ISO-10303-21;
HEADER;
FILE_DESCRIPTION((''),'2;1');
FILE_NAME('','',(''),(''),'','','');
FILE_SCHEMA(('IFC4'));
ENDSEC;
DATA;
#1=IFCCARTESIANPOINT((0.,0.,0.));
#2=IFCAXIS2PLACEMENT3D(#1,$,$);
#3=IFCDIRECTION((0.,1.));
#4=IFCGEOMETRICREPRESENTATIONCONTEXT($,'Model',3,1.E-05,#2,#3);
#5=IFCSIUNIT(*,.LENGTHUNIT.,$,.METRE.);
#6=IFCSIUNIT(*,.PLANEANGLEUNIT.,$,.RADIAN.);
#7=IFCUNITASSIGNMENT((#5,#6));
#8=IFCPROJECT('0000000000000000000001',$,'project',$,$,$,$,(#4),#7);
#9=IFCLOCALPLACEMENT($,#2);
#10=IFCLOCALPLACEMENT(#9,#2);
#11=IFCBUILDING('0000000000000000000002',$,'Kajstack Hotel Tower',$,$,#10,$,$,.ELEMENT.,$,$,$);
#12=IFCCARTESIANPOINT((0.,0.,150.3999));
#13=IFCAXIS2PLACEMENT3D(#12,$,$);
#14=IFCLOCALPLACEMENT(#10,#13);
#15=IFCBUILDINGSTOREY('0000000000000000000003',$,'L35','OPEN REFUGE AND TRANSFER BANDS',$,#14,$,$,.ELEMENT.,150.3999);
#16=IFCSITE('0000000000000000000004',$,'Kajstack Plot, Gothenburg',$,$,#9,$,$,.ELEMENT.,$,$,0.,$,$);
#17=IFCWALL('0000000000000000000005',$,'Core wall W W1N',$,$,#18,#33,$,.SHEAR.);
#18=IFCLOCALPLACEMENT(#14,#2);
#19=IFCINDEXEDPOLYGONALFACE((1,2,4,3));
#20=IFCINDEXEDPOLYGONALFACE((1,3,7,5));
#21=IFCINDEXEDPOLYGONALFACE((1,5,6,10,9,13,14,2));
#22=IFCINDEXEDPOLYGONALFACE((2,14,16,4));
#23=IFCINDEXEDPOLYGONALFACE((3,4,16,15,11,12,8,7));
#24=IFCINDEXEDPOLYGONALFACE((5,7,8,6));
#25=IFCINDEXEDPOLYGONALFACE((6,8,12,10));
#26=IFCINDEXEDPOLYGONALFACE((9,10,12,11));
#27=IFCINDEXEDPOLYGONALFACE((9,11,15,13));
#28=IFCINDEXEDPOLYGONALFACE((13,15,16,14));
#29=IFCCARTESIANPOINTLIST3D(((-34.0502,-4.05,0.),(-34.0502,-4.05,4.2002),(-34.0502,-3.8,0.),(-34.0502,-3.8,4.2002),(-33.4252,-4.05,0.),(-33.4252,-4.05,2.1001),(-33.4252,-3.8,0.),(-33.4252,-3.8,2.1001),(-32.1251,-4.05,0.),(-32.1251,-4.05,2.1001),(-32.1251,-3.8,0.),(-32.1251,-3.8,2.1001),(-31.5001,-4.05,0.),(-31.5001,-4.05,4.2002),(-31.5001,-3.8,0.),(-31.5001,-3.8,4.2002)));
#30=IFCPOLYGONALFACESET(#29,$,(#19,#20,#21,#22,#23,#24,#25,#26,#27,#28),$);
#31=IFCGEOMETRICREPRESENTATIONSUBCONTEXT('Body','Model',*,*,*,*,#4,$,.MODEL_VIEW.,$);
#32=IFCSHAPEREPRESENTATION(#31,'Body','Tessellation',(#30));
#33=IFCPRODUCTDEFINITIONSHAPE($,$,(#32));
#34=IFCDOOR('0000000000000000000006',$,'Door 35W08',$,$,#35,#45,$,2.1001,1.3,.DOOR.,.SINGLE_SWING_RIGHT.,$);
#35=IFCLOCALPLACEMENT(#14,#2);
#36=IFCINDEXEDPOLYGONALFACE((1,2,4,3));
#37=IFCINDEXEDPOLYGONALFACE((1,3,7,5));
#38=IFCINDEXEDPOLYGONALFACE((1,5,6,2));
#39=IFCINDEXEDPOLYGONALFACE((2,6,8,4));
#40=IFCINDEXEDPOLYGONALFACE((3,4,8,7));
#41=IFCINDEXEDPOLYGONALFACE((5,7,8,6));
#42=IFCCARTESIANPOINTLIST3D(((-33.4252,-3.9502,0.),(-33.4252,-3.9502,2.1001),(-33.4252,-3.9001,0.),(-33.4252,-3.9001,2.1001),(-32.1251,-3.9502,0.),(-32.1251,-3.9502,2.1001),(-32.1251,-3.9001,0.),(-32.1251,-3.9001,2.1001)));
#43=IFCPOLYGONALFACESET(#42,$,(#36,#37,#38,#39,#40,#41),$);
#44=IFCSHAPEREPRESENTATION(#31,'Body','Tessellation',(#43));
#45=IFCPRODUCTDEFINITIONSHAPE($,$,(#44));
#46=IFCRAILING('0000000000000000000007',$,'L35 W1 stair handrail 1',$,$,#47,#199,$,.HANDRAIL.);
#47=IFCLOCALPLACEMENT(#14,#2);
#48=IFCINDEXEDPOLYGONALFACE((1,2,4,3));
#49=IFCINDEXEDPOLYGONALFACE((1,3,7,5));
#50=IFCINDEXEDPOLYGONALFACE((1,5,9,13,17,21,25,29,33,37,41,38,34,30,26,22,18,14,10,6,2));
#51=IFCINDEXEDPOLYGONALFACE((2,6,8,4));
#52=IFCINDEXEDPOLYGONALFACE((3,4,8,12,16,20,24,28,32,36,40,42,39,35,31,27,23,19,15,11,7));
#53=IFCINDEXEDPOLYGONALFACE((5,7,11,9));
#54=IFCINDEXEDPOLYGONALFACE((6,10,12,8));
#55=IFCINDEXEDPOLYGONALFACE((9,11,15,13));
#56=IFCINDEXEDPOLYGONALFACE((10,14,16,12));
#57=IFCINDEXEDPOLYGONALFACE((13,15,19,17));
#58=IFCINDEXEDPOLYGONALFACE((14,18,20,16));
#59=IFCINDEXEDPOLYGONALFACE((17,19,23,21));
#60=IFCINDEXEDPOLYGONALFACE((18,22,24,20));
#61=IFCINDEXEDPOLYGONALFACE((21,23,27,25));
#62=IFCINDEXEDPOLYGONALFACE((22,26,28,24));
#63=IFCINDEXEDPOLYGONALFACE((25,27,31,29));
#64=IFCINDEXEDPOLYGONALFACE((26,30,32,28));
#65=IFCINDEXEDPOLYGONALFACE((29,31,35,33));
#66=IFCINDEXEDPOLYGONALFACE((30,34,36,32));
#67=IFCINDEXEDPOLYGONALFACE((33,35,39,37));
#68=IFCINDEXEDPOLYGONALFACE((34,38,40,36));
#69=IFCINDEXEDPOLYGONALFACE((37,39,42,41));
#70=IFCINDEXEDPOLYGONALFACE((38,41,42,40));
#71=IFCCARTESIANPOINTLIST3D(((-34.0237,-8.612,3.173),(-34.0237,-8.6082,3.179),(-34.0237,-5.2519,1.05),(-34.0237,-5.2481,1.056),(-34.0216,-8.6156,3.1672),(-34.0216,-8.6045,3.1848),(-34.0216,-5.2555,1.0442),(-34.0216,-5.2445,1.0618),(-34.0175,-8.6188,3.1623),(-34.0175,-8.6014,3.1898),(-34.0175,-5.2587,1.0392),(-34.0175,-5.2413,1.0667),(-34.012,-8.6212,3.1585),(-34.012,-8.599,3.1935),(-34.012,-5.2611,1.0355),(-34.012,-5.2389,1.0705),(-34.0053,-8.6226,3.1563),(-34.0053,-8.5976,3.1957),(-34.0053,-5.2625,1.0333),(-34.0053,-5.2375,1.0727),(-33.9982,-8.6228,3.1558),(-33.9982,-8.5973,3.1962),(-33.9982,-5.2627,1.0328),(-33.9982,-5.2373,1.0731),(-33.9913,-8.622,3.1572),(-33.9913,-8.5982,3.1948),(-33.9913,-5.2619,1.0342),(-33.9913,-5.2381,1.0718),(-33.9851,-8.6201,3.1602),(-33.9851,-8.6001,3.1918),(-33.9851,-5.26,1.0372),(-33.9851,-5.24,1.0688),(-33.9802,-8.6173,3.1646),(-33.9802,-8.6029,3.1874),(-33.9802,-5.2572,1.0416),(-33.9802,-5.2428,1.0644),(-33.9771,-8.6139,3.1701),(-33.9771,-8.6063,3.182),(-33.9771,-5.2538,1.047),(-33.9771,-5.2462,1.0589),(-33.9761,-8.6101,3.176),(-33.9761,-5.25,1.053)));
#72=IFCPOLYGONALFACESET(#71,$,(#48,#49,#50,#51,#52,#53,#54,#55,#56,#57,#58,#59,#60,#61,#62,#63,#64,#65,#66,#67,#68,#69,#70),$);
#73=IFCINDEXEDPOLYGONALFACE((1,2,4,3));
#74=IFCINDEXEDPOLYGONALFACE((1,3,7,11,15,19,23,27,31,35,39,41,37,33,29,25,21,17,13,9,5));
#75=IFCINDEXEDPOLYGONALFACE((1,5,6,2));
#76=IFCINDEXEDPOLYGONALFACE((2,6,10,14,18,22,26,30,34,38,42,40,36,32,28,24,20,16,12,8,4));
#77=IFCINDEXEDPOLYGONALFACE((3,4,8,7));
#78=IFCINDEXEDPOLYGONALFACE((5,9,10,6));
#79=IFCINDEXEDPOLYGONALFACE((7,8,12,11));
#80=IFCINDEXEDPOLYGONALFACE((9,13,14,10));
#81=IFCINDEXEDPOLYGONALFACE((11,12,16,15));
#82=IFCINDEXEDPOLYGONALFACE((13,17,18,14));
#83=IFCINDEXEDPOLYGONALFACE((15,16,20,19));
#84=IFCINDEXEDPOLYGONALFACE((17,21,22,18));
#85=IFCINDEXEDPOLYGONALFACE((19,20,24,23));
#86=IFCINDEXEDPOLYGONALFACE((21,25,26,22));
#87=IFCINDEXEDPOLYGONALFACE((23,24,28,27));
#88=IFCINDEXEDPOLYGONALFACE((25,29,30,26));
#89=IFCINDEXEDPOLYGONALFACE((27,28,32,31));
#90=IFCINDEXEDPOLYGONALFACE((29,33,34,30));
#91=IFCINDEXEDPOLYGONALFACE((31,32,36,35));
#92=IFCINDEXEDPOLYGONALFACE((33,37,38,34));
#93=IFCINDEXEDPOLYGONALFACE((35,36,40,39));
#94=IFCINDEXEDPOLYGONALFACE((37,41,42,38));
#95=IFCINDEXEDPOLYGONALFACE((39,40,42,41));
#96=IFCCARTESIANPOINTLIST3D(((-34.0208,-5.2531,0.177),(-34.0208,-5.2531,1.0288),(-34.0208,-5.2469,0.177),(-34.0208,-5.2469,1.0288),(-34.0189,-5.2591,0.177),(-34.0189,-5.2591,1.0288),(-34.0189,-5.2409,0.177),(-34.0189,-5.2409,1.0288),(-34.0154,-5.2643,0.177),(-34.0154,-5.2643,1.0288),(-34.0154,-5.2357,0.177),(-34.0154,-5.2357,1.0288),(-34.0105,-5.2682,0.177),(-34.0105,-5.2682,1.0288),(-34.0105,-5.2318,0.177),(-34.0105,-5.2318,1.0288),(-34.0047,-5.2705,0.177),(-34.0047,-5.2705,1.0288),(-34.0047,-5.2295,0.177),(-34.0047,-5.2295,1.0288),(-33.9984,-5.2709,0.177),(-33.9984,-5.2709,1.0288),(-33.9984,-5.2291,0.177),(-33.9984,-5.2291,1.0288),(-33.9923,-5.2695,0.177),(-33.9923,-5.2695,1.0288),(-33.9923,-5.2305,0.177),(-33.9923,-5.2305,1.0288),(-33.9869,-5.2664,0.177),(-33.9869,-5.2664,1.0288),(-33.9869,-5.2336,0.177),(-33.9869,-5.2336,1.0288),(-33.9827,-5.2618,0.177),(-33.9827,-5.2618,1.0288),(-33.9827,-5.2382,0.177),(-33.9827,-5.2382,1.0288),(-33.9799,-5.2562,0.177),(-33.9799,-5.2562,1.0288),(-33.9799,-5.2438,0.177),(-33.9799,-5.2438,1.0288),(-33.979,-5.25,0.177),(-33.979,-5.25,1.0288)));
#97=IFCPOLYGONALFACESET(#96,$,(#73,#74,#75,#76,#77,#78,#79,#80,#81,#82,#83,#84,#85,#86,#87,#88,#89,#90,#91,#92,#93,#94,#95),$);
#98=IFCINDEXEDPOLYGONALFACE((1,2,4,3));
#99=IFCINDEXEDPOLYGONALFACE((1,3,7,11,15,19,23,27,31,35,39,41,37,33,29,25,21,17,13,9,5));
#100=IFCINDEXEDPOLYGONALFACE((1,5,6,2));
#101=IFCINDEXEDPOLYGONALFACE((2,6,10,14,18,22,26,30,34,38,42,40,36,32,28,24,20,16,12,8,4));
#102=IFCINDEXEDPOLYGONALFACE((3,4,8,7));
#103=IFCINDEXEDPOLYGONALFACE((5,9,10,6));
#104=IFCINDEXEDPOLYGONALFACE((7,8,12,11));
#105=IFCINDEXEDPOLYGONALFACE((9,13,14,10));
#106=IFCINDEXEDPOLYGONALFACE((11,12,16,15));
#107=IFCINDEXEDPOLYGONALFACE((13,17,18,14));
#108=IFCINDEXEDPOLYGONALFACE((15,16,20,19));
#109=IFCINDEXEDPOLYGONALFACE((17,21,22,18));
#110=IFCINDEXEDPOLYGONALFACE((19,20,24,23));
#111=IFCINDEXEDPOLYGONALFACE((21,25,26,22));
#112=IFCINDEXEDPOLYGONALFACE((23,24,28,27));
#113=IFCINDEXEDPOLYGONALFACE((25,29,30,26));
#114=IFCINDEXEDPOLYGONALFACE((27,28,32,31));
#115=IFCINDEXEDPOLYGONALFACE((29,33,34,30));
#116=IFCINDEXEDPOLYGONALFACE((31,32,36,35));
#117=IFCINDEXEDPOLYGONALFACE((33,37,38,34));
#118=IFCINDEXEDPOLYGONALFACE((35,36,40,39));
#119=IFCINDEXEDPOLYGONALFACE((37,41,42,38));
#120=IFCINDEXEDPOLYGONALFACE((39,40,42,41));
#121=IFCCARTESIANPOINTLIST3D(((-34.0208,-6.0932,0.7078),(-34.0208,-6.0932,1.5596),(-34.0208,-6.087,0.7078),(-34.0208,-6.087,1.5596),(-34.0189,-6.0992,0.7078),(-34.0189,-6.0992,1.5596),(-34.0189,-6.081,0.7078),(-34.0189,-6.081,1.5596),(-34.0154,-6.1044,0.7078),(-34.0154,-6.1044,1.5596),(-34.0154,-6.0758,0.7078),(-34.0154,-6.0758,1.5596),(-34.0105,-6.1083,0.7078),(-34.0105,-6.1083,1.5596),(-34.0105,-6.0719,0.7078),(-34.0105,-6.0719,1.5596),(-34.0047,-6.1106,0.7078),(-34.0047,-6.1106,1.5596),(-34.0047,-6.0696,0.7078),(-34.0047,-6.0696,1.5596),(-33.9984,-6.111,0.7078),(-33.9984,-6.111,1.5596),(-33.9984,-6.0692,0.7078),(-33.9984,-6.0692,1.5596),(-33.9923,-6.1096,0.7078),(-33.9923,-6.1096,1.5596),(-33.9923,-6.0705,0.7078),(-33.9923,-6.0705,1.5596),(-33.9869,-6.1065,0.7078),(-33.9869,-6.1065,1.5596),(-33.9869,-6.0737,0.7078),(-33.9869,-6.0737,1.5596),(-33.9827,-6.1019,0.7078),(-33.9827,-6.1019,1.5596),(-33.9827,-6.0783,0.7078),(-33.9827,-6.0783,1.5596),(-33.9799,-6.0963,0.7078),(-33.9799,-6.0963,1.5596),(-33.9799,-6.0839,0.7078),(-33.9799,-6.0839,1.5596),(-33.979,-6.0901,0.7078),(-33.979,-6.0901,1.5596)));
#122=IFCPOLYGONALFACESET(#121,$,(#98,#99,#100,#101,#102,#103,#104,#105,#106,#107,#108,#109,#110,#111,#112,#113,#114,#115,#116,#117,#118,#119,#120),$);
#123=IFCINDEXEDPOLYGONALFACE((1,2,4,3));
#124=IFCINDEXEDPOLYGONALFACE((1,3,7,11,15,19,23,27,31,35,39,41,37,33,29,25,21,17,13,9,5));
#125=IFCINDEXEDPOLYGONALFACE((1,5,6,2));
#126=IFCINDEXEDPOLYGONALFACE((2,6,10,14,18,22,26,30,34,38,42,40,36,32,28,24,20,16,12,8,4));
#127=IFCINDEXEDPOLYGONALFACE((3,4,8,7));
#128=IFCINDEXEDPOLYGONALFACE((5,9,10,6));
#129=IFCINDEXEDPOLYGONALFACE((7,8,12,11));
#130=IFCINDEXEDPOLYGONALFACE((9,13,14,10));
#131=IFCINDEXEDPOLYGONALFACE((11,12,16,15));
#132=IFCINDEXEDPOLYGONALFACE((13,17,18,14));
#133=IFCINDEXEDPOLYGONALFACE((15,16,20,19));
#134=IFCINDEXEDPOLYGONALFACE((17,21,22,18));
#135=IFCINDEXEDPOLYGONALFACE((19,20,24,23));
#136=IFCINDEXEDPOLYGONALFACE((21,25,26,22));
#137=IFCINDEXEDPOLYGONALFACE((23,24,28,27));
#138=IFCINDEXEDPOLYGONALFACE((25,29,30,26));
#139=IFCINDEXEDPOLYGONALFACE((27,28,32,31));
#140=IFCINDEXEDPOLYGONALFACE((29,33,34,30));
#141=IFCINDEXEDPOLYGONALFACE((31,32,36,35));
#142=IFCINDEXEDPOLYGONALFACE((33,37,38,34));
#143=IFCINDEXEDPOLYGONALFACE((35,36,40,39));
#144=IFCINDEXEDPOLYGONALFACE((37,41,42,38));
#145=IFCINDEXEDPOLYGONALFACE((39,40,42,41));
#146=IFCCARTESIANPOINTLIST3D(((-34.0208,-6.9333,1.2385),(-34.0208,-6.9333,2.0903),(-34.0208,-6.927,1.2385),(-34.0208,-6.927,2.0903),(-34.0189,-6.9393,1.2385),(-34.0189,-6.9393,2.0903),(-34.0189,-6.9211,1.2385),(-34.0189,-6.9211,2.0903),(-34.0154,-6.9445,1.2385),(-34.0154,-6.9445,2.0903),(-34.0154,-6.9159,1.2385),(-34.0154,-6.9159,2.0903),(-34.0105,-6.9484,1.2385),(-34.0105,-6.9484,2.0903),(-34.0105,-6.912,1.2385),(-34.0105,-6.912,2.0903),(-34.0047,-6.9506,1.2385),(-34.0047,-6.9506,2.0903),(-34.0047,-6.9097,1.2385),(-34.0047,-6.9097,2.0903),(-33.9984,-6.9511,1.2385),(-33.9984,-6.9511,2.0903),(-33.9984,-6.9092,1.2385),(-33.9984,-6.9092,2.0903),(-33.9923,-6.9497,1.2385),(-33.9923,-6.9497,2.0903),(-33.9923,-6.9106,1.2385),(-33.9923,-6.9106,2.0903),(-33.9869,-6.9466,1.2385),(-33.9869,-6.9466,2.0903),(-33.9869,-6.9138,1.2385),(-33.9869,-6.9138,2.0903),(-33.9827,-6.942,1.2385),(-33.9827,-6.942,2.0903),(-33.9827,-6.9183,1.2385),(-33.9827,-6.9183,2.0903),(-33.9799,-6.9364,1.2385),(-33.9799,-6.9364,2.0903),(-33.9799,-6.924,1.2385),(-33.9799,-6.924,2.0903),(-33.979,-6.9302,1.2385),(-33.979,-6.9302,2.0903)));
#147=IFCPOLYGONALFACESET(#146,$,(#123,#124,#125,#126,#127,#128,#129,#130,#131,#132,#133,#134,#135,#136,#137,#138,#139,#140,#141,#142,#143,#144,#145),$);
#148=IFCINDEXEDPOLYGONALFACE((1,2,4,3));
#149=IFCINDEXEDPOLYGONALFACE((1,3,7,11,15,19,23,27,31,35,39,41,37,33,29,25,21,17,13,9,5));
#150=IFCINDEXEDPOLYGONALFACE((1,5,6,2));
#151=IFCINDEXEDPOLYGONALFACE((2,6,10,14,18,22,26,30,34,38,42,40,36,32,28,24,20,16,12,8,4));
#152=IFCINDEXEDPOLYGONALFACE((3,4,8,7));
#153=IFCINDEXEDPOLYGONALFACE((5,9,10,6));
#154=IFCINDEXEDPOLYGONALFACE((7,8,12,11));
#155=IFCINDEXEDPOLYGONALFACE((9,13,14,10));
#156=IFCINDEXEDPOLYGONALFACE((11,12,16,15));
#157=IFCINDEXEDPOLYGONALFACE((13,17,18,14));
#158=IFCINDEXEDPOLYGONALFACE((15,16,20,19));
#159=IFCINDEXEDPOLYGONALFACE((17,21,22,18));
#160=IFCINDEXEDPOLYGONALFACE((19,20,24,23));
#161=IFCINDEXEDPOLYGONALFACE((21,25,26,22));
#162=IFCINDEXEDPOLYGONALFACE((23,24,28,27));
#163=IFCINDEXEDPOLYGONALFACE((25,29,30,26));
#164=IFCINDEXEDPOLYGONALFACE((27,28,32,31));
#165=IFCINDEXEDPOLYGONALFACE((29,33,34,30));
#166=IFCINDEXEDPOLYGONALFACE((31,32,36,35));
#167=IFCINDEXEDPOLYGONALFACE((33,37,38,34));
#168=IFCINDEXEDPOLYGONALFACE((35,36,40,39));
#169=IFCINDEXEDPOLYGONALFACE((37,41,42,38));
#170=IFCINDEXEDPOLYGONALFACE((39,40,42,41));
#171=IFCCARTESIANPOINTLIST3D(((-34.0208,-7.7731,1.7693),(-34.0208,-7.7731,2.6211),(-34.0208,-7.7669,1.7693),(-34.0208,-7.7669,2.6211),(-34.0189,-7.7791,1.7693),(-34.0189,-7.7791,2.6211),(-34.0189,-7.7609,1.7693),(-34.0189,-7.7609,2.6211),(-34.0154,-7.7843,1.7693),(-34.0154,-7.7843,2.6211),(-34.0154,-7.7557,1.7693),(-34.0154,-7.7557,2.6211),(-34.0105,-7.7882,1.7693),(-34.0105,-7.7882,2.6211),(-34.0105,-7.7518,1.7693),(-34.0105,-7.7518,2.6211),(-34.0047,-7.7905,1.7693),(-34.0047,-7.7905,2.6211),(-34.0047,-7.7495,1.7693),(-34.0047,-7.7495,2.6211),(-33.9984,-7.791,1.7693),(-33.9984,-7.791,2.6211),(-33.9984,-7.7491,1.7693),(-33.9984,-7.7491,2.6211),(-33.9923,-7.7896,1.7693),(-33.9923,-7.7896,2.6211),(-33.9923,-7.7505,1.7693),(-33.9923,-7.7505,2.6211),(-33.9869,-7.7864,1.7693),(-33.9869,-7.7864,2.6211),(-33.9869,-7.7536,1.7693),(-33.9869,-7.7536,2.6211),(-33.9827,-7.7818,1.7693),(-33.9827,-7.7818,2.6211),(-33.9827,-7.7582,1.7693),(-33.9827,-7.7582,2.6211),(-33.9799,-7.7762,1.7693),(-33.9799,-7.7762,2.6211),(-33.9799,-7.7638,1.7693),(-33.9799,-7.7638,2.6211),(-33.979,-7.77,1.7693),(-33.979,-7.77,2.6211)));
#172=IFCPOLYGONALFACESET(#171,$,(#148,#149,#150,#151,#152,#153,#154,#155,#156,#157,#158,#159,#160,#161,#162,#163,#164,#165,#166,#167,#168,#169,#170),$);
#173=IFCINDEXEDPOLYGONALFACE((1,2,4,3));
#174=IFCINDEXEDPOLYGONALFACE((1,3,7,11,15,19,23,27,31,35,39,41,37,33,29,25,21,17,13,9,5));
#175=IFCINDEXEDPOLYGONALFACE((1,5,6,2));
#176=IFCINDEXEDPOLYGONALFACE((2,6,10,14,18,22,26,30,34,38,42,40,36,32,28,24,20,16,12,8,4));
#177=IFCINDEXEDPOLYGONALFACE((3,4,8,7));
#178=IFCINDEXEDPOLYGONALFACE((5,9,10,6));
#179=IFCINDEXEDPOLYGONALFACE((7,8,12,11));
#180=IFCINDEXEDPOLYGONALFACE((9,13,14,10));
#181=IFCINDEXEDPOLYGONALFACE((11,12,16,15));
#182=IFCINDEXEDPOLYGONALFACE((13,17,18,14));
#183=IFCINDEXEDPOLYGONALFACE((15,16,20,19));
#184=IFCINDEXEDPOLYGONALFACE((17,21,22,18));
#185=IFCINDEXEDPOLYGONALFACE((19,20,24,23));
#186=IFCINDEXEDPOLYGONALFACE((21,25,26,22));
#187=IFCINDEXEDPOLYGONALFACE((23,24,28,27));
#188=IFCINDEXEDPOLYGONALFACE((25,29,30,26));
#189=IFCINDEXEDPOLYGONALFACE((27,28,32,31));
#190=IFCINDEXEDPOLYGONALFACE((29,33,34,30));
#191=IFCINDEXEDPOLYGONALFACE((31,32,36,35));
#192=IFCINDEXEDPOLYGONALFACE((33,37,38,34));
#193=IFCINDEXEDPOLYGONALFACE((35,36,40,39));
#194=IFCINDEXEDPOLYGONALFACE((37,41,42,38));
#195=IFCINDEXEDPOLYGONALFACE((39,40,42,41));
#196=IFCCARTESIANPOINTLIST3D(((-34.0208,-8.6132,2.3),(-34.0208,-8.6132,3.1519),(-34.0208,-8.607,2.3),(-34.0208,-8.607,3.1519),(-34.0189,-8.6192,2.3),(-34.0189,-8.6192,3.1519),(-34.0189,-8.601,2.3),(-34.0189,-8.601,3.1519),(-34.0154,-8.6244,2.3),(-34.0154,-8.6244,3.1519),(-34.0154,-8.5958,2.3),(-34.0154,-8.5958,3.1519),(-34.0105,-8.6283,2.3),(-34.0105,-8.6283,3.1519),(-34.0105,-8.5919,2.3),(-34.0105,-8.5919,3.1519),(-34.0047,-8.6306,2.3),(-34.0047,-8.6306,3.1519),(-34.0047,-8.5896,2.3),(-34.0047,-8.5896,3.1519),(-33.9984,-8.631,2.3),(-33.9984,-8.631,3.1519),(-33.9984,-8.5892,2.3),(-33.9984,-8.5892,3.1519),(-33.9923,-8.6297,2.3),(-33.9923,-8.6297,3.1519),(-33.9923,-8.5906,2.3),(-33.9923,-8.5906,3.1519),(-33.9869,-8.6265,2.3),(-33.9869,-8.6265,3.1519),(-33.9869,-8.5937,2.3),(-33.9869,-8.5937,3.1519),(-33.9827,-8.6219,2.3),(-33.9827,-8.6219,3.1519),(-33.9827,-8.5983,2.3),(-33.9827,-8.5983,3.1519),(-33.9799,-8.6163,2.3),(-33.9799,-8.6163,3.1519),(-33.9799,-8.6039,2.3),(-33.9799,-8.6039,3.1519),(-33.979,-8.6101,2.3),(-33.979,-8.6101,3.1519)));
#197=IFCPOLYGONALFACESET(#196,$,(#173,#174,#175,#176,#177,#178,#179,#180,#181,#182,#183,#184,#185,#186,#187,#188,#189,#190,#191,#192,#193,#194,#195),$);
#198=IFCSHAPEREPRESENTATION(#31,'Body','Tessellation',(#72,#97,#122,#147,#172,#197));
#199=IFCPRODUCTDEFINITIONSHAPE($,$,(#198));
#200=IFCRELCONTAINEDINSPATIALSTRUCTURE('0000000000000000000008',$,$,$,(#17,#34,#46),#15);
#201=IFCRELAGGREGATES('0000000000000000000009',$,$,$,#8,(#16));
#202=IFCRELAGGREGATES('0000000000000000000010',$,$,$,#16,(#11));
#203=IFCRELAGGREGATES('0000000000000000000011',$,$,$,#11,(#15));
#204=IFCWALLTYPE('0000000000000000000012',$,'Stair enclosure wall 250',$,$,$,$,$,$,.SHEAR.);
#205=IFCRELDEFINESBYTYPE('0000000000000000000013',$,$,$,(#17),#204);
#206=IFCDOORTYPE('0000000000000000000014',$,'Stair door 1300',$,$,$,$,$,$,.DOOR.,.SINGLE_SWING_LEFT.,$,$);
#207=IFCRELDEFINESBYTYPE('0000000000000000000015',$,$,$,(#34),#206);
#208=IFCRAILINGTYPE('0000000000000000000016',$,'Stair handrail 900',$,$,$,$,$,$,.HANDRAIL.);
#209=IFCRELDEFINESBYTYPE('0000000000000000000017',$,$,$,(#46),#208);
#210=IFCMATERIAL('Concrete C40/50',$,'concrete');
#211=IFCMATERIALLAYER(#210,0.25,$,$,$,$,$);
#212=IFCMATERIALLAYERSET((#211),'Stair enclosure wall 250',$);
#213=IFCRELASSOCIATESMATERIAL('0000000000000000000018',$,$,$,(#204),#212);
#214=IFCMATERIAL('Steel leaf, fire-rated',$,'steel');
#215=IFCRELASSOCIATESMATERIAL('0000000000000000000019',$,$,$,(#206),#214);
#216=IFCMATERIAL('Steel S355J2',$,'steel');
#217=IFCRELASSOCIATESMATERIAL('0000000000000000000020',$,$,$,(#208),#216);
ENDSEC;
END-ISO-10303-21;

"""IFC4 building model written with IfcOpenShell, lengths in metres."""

from ifc_helpers import new_model, si_unit, direction, frame, frame_2d, origin, origin_2d, place, context, subcontext, project, spatial, rectangle, circle, extrude, material, layer, layer_set, type_object, element, fill, save


model = new_model("IFC4")

# Units and contexts
model_context = context("Model", 3, precision=1e-05, world=origin(), true_north=direction((0.0, 1.0)))
body_context = subcontext(model_context, "Body", "Model", "MODEL_VIEW")
ifc_project = project(units=[si_unit("LENGTHUNIT", "METRE"), si_unit("PLANEANGLEUNIT", "RADIAN")], contexts=[model_context])

# Site, building, storey
site_placement = place(None, origin())
site = spatial("IfcSite", under=ifc_project, at=site_placement, Name="Kajstack Plot, Gothenburg", CompositionType="ELEMENT", RefElevation=0.0)
building_placement = place(site_placement, origin())
building = spatial("IfcBuilding", under=site, at=building_placement, Name="Kajstack Hotel Tower", CompositionType="ELEMENT")
storey_placement = place(building_placement, frame((0.0, 0.0, 150.3999)))
storey = spatial("IfcBuildingStorey", under=building, at=storey_placement, Name="L35", Description="OPEN REFUGE AND TRANSFER BANDS", CompositionType="ELEMENT", Elevation=150.3999)

# Shared definitions
ifc_material_1 = material(Name="Steel S355J2", Category="steel")

# Wall, opening, door
ifc_material_2 = material(Name="Concrete C40/50", Category="concrete")
ifc_layer_1 = layer(ifc_material_2, 0.25)
ifc_layer_set_1 = layer_set([ifc_layer_1], Name="Stair enclosure wall 250")
wall_type_1 = type_object("IfcWallType", Name="Stair enclosure wall 250", PredefinedType="SHEAR", material=ifc_layer_set_1)
wall_1_placement = place(storey_placement, frame((-34.05, -3.925, 0.0), z_axis=(0.0, 0.0, 1.0), x_axis=(1.0, 0.0, 0.0)))
wall_1 = element("IfcWall", 1, at=wall_1_placement, inside=storey, type_object=wall_type_1, Name="Core wall W W1N", PredefinedType="SHEAR", context=body_context, shape_type="SweptSolid", body=[
    extrude(rectangle(XDim=2.55, YDim=0.25, at=frame_2d((1.2749, 0.0))), origin(), (0.0, 0.0, 1.0), 4.2002),
])
opening_1_placement = place(wall_1_placement, frame((0.625, 0.0, 0.0)))
opening_1 = element("IfcOpeningElement", 2, at=opening_1_placement, cuts=wall_1, PredefinedType="OPENING", context=body_context, shape_type="SweptSolid", body=[
    extrude(rectangle(XDim=1.3, YDim=2.1001, at=frame_2d((0.6499, 1.05))), frame((0.0, 0.135, 0.0), z_axis=(0.0, -1.0, 0.0), x_axis=(1.0, 0.0, 0.0)), (0.0, 0.0, 1.0), 0.27),
])
ifc_material_3 = material(Name="Steel leaf, fire-rated", Category="steel")
door_type_1 = type_object("IfcDoorType", Name="Stair door 1300", OperationType="SINGLE_SWING_LEFT", PredefinedType="DOOR", material=ifc_material_3)
door_1_placement = place(opening_1_placement, origin())
door_1 = element("IfcDoor", 3, at=door_1_placement, inside=storey, type_object=door_type_1, Name="Door 35W08", OperationType="SINGLE_SWING_RIGHT", OverallHeight=2.1001, OverallWidth=1.3, PredefinedType="DOOR", context=body_context, shape_type="SweptSolid", body=[
    extrude(rectangle(XDim=1.3, YDim=2.1001, at=frame_2d((0.6499, 1.05))), frame((0.0, 0.0249, 0.0), z_axis=(0.0, -1.0, 0.0), x_axis=(1.0, 0.0, 0.0)), (0.0, 0.0, 1.0), 0.05),
])
fill(opening_1, door_1)

# Railing
railing_type_1 = type_object("IfcRailingType", Name="Stair handrail 900", PredefinedType="HANDRAIL", material=ifc_material_1)
railing_1_placement = place(storey_placement, frame((-34.0, -5.25, 0.177)))
element("IfcRailing", 4, at=railing_1_placement, inside=storey, type_object=railing_type_1, Name="L35 W1 stair handrail 1", PredefinedType="HANDRAIL", context=body_context, shape_type="SweptSolid", body=[
    extrude(circle(Radius=0.0239, at=origin_2d()), frame((0.0, 0.0, 0.876), z_axis=(0.0, -0.84539, 0.53415), x_axis=(1.0, 0.0, 0.0)), (0.0, 0.0, 1.0), 3.9746),
    extrude(circle(Radius=0.021, at=origin_2d()), origin(), (0.0, 0.0, 1.0), 0.8518),
    extrude(circle(Radius=0.021, at=origin_2d()), frame((0.0, -0.8401, 0.5308)), (0.0, 0.0, 1.0), 0.8518),
    extrude(circle(Radius=0.021, at=origin_2d()), frame((0.0, -1.6802, 1.0615)), (0.0, 0.0, 1.0), 0.8518),
    extrude(circle(Radius=0.021, at=origin_2d()), frame((0.0, -2.52, 1.5923)), (0.0, 0.0, 1.0), 0.8518),
    extrude(circle(Radius=0.021, at=origin_2d()), frame((0.0, -3.3601, 2.123)), (0.0, 0.0, 1.0), 0.8518),
])

save(model, "model.ifc")
